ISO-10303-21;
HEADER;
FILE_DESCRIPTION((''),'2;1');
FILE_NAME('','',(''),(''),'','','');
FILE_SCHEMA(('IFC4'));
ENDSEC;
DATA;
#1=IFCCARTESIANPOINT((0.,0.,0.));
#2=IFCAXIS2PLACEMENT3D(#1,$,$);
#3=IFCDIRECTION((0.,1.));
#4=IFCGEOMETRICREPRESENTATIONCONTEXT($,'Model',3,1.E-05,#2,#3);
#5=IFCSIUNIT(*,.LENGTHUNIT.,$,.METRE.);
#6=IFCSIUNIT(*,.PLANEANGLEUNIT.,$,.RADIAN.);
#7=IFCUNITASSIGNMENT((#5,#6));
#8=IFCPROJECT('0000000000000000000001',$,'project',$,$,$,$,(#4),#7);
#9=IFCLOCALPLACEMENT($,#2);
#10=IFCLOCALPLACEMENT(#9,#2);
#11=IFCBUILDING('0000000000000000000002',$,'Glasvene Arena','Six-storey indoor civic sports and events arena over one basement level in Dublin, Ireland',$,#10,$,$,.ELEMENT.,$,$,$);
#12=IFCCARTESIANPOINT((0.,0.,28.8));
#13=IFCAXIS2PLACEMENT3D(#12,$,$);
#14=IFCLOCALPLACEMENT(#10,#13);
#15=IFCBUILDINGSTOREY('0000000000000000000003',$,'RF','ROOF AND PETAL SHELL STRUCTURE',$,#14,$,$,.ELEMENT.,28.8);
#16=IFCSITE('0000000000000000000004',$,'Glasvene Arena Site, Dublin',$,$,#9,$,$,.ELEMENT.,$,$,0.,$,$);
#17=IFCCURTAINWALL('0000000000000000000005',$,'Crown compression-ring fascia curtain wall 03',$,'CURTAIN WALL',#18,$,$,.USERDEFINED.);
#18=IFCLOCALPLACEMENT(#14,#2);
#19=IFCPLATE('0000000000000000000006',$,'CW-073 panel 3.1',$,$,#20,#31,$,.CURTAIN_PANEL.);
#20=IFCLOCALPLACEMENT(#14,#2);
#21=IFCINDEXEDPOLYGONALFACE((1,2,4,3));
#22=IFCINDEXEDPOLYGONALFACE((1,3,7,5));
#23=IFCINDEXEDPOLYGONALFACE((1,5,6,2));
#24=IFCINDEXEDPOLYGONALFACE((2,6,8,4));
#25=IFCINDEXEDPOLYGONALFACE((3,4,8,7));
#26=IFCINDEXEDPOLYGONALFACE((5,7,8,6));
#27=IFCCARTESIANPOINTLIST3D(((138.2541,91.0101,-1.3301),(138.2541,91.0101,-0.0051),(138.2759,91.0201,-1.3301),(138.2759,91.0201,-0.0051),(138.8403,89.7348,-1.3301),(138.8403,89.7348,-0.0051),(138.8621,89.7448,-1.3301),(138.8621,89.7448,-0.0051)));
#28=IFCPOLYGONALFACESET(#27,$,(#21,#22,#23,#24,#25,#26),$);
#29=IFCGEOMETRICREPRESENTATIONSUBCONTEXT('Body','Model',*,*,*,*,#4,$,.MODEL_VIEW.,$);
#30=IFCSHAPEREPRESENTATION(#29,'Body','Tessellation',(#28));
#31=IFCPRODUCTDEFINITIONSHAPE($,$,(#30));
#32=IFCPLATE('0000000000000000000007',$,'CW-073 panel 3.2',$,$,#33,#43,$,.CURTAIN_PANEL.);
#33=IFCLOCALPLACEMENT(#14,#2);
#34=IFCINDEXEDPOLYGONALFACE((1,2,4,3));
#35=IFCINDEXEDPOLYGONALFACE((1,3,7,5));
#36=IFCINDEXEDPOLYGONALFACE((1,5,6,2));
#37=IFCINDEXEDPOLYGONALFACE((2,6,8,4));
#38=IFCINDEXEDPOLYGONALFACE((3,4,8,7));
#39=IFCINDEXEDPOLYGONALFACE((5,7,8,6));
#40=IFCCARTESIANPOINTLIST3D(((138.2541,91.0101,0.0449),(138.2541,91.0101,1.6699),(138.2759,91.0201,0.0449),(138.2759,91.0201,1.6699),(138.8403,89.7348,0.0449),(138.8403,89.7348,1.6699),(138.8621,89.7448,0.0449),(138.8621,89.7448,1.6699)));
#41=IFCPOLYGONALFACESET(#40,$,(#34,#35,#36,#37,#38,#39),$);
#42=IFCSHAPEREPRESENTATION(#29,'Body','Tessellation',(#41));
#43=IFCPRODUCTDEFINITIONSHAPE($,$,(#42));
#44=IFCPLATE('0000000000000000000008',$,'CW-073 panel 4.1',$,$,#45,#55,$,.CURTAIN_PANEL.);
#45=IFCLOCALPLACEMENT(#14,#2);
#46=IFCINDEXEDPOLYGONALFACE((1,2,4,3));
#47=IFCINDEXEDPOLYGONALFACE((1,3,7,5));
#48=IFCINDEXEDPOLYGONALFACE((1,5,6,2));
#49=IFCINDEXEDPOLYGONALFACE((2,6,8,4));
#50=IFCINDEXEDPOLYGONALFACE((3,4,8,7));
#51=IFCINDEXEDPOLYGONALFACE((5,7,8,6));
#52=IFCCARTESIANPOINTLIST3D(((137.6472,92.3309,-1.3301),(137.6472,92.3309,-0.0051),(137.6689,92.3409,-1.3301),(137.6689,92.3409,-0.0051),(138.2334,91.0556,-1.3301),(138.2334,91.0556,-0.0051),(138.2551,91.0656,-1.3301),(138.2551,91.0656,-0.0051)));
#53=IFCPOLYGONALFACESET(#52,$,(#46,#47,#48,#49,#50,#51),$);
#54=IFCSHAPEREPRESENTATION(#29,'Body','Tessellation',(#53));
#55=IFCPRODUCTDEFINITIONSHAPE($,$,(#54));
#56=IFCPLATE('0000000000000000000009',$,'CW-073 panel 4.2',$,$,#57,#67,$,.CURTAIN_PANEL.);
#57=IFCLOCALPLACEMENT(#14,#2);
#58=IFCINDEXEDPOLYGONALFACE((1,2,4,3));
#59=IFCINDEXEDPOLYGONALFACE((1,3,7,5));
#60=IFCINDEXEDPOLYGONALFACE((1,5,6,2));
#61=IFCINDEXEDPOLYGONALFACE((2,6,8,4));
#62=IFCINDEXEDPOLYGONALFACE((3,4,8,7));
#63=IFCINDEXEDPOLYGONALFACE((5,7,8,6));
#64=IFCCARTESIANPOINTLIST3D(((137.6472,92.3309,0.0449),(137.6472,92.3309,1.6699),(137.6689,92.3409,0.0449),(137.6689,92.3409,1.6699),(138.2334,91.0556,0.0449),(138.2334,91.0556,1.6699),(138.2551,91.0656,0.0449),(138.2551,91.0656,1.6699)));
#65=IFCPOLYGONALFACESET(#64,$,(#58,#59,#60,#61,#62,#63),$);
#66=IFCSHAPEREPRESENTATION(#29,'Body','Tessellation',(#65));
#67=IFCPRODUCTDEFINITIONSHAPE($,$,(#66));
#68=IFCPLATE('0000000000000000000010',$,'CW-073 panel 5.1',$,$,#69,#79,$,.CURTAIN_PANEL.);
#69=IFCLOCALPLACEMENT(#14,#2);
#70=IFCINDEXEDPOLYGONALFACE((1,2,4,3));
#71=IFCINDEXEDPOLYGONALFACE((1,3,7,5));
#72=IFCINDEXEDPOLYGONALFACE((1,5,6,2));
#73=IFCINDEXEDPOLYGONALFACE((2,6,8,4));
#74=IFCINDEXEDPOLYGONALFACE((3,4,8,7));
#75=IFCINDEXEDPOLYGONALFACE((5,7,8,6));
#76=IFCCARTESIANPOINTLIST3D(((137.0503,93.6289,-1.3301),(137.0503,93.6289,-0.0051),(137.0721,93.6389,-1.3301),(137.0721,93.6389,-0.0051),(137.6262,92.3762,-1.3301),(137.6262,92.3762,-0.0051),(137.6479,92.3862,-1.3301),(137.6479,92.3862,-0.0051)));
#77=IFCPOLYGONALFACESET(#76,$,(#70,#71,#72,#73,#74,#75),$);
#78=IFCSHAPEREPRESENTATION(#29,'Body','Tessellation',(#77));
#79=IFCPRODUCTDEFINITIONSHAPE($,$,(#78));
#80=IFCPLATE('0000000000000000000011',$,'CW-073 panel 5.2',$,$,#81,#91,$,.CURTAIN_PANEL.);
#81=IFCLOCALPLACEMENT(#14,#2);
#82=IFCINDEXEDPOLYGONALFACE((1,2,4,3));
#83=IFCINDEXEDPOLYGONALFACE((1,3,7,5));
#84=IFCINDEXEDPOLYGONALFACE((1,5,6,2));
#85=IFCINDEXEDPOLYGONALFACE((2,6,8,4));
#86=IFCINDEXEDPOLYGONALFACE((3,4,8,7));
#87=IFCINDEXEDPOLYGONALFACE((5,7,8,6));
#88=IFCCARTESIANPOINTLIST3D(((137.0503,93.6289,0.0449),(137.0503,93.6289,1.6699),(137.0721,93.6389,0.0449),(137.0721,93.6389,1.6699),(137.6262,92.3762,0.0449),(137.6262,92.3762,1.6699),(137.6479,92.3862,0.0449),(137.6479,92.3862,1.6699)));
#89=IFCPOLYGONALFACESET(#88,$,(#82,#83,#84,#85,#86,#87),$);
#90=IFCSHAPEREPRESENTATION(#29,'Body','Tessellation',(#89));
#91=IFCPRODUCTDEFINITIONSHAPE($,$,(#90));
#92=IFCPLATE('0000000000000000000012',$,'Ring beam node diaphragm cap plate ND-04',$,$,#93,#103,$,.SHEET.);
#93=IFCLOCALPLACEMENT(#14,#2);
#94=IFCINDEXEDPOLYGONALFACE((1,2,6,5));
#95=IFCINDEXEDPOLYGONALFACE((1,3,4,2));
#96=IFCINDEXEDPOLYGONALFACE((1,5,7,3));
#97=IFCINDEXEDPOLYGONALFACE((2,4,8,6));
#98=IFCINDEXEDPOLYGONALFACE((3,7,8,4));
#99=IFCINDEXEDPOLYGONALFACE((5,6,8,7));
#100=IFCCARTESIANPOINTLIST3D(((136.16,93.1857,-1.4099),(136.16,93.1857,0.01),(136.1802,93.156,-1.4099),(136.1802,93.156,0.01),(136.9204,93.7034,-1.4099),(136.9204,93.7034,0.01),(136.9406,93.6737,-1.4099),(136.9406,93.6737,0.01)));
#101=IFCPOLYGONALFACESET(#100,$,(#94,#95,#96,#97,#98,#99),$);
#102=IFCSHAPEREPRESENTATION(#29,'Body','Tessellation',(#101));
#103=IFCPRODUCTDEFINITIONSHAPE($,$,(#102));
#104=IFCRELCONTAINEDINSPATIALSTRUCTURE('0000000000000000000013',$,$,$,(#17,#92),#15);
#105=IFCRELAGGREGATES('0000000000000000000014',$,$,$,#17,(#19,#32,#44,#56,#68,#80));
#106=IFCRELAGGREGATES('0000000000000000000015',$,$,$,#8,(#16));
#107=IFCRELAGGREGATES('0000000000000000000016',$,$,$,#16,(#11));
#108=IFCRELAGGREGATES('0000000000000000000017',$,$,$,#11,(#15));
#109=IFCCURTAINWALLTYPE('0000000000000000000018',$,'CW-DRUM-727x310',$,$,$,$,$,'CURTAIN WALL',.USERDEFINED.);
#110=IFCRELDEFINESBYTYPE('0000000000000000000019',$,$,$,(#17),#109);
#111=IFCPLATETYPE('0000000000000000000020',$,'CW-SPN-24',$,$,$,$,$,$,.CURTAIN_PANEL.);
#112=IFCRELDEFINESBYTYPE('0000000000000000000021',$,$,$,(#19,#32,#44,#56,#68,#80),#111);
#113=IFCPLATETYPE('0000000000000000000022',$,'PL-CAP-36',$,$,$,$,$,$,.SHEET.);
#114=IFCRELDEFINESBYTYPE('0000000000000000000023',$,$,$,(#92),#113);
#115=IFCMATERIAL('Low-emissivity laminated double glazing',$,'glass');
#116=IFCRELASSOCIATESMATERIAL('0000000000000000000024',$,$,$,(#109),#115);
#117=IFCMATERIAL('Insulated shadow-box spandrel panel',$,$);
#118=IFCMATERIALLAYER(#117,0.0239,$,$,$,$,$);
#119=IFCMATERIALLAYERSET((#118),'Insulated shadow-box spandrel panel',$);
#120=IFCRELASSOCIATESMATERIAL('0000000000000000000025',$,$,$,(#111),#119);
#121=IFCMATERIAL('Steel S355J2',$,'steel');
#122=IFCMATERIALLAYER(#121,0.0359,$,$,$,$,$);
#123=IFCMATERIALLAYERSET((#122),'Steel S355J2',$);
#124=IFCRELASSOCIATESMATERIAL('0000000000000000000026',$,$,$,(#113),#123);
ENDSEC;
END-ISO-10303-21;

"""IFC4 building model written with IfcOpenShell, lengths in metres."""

from ifc_helpers import new_model, si_unit, direction, frame, origin, origin_2d, place, context, subcontext, project, spatial, rectangle, extrude, material, layer, layer_set, type_object, element, aggregate, save


model = new_model("IFC4")

# Units and contexts
model_context = context("Model", 3, precision=1e-05, world=origin(), true_north=direction((0.0, 1.0)))
body_context = subcontext(model_context, "Body", "Model", "MODEL_VIEW")
ifc_project = project(units=[si_unit("LENGTHUNIT", "METRE"), si_unit("PLANEANGLEUNIT", "RADIAN")], contexts=[model_context])

# Site, building, storey
site_placement = place(None, origin())
site = spatial("IfcSite", under=ifc_project, at=site_placement, Name="Glasvene Arena Site, Dublin", CompositionType="ELEMENT", RefElevation=0.0)
building_placement = place(site_placement, origin())
building = spatial("IfcBuilding", under=site, at=building_placement, Name="Glasvene Arena", Description="Six-storey indoor civic sports and events arena over one basement level in Dublin, Ireland", CompositionType="ELEMENT")
storey_placement = place(building_placement, frame((0.0, 0.0, 28.8)))
storey = spatial("IfcBuildingStorey", under=building, at=storey_placement, Name="RF", Description="ROOF AND PETAL SHELL STRUCTURE", CompositionType="ELEMENT", Elevation=28.8)

# Shared definitions
ifc_material_1 = material(Name="Steel S355J2", Category="steel")

# Curtain wall
ifc_material_2 = material(Name="Low-emissivity laminated double glazing", Category="glass")
curtain_wall_type = type_object("IfcCurtainWallType", Name="CW-DRUM-727x310", ElementType="CURTAIN WALL", PredefinedType="USERDEFINED", material=ifc_material_2)
curtain_wall_placement = place(storey_placement, frame((140.0759, 87.0757, 0.0)))
curtain_wall = element("IfcCurtainWall", 1, at=curtain_wall_placement, inside=storey, type_object=curtain_wall_type, Name="Crown compression-ring fascia curtain wall 03", ObjectType="CURTAIN WALL", PredefinedType="USERDEFINED")

# Plates
ifc_material_3 = material(Name="Insulated shadow-box spandrel panel")
ifc_layer_1 = layer(ifc_material_3, 0.0239)
ifc_layer_set_1 = layer_set([ifc_layer_1], Name="Insulated shadow-box spandrel panel")
plate_type_1 = type_object("IfcPlateType", Name="CW-SPN-24", PredefinedType="CURTAIN_PANEL", material=ifc_layer_set_1)
plate_1_placement = place(storey_placement, frame((138.5581, 90.3774, -1.3301), z_axis=(0.0, 0.0, 1.0), x_axis=(-0.417661, 0.908603, 0.0)))
plate_1 = element("IfcPlate", 2, at=plate_1_placement, type_object=plate_type_1, Name="CW-073 panel 3.1", PredefinedType="CURTAIN_PANEL", context=body_context, shape_type="SweptSolid", body=[
    extrude(rectangle(XDim=1.4036, YDim=0.0239, at=origin_2d()), origin(), (0.0, 0.0, 1.0), 1.325),
])
plate_2_placement = place(storey_placement, frame((138.5581, 90.3774, 0.0449), z_axis=(0.0, 0.0, 1.0), x_axis=(-0.417661, 0.908603, 0.0)))
plate_2 = element("IfcPlate", 3, at=plate_2_placement, type_object=plate_type_1, Name="CW-073 panel 3.2", PredefinedType="CURTAIN_PANEL", context=body_context, shape_type="SweptSolid", body=[
    extrude(rectangle(XDim=1.4036, YDim=0.0239, at=origin_2d()), origin(), (0.0, 0.0, 1.0), 1.625),
])
plate_3_placement = place(storey_placement, frame((137.9512, 91.6982, -1.3301), z_axis=(0.0, 0.0, 1.0), x_axis=(-0.417661, 0.908603, 0.0)))
plate_3 = element("IfcPlate", 4, at=plate_3_placement, type_object=plate_type_1, Name="CW-073 panel 4.1", PredefinedType="CURTAIN_PANEL", context=body_context, shape_type="SweptSolid", body=[
    extrude(rectangle(XDim=1.4036, YDim=0.0239, at=origin_2d()), origin(), (0.0, 0.0, 1.0), 1.325),
])
plate_4_placement = place(storey_placement, frame((137.9512, 91.6982, 0.0449), z_axis=(0.0, 0.0, 1.0), x_axis=(-0.417661, 0.908603, 0.0)))
plate_4 = element("IfcPlate", 5, at=plate_4_placement, type_object=plate_type_1, Name="CW-073 panel 4.2", PredefinedType="CURTAIN_PANEL", context=body_context, shape_type="SweptSolid", body=[
    extrude(rectangle(XDim=1.4036, YDim=0.0239, at=origin_2d()), origin(), (0.0, 0.0, 1.0), 1.625),
])
plate_5_placement = place(storey_placement, frame((137.3491, 93.0076, -1.3301), z_axis=(0.0, 0.0, 1.0), x_axis=(-0.417661, 0.908603, 0.0)))
plate_5 = element("IfcPlate", 6, at=plate_5_placement, type_object=plate_type_1, Name="CW-073 panel 5.1", PredefinedType="CURTAIN_PANEL", context=body_context, shape_type="SweptSolid", body=[
    extrude(rectangle(XDim=1.3787, YDim=0.0239, at=origin_2d()), origin(), (0.0, 0.0, 1.0), 1.325),
])
plate_6_placement = place(storey_placement, frame((137.3491, 93.0076, 0.0449), z_axis=(0.0, 0.0, 1.0), x_axis=(-0.417661, 0.908603, 0.0)))
plate_6 = element("IfcPlate", 7, at=plate_6_placement, type_object=plate_type_1, Name="CW-073 panel 5.2", PredefinedType="CURTAIN_PANEL", context=body_context, shape_type="SweptSolid", body=[
    extrude(rectangle(XDim=1.3787, YDim=0.0239, at=origin_2d()), origin(), (0.0, 0.0, 1.0), 1.625),
])
aggregate(curtain_wall, [plate_1, plate_2, plate_3, plate_4, plate_5, plate_6])
ifc_layer_2 = layer(ifc_material_1, 0.0359)
ifc_layer_set_2 = layer_set([ifc_layer_2], Name="Steel S355J2")
plate_type_2 = type_object("IfcPlateType", Name="PL-CAP-36", PredefinedType="SHEET", material=ifc_layer_set_2)
plate_7_placement = place(storey_placement, frame((136.5503, 93.4297, -1.4099), z_axis=(0.0, 0.0, 1.0), x_axis=(-0.562805, 0.82659, 0.0)))
element("IfcPlate", 8, at=plate_7_placement, inside=storey, type_object=plate_type_2, Name="Ring beam node diaphragm cap plate ND-04", PredefinedType="SHEET", context=body_context, shape_type="SweptSolid", body=[
    extrude(rectangle(XDim=0.0359, YDim=0.9199, at=origin_2d()), origin(), (0.0, 0.0, 1.0), 1.4199),
])

save(model, "model.ifc")
